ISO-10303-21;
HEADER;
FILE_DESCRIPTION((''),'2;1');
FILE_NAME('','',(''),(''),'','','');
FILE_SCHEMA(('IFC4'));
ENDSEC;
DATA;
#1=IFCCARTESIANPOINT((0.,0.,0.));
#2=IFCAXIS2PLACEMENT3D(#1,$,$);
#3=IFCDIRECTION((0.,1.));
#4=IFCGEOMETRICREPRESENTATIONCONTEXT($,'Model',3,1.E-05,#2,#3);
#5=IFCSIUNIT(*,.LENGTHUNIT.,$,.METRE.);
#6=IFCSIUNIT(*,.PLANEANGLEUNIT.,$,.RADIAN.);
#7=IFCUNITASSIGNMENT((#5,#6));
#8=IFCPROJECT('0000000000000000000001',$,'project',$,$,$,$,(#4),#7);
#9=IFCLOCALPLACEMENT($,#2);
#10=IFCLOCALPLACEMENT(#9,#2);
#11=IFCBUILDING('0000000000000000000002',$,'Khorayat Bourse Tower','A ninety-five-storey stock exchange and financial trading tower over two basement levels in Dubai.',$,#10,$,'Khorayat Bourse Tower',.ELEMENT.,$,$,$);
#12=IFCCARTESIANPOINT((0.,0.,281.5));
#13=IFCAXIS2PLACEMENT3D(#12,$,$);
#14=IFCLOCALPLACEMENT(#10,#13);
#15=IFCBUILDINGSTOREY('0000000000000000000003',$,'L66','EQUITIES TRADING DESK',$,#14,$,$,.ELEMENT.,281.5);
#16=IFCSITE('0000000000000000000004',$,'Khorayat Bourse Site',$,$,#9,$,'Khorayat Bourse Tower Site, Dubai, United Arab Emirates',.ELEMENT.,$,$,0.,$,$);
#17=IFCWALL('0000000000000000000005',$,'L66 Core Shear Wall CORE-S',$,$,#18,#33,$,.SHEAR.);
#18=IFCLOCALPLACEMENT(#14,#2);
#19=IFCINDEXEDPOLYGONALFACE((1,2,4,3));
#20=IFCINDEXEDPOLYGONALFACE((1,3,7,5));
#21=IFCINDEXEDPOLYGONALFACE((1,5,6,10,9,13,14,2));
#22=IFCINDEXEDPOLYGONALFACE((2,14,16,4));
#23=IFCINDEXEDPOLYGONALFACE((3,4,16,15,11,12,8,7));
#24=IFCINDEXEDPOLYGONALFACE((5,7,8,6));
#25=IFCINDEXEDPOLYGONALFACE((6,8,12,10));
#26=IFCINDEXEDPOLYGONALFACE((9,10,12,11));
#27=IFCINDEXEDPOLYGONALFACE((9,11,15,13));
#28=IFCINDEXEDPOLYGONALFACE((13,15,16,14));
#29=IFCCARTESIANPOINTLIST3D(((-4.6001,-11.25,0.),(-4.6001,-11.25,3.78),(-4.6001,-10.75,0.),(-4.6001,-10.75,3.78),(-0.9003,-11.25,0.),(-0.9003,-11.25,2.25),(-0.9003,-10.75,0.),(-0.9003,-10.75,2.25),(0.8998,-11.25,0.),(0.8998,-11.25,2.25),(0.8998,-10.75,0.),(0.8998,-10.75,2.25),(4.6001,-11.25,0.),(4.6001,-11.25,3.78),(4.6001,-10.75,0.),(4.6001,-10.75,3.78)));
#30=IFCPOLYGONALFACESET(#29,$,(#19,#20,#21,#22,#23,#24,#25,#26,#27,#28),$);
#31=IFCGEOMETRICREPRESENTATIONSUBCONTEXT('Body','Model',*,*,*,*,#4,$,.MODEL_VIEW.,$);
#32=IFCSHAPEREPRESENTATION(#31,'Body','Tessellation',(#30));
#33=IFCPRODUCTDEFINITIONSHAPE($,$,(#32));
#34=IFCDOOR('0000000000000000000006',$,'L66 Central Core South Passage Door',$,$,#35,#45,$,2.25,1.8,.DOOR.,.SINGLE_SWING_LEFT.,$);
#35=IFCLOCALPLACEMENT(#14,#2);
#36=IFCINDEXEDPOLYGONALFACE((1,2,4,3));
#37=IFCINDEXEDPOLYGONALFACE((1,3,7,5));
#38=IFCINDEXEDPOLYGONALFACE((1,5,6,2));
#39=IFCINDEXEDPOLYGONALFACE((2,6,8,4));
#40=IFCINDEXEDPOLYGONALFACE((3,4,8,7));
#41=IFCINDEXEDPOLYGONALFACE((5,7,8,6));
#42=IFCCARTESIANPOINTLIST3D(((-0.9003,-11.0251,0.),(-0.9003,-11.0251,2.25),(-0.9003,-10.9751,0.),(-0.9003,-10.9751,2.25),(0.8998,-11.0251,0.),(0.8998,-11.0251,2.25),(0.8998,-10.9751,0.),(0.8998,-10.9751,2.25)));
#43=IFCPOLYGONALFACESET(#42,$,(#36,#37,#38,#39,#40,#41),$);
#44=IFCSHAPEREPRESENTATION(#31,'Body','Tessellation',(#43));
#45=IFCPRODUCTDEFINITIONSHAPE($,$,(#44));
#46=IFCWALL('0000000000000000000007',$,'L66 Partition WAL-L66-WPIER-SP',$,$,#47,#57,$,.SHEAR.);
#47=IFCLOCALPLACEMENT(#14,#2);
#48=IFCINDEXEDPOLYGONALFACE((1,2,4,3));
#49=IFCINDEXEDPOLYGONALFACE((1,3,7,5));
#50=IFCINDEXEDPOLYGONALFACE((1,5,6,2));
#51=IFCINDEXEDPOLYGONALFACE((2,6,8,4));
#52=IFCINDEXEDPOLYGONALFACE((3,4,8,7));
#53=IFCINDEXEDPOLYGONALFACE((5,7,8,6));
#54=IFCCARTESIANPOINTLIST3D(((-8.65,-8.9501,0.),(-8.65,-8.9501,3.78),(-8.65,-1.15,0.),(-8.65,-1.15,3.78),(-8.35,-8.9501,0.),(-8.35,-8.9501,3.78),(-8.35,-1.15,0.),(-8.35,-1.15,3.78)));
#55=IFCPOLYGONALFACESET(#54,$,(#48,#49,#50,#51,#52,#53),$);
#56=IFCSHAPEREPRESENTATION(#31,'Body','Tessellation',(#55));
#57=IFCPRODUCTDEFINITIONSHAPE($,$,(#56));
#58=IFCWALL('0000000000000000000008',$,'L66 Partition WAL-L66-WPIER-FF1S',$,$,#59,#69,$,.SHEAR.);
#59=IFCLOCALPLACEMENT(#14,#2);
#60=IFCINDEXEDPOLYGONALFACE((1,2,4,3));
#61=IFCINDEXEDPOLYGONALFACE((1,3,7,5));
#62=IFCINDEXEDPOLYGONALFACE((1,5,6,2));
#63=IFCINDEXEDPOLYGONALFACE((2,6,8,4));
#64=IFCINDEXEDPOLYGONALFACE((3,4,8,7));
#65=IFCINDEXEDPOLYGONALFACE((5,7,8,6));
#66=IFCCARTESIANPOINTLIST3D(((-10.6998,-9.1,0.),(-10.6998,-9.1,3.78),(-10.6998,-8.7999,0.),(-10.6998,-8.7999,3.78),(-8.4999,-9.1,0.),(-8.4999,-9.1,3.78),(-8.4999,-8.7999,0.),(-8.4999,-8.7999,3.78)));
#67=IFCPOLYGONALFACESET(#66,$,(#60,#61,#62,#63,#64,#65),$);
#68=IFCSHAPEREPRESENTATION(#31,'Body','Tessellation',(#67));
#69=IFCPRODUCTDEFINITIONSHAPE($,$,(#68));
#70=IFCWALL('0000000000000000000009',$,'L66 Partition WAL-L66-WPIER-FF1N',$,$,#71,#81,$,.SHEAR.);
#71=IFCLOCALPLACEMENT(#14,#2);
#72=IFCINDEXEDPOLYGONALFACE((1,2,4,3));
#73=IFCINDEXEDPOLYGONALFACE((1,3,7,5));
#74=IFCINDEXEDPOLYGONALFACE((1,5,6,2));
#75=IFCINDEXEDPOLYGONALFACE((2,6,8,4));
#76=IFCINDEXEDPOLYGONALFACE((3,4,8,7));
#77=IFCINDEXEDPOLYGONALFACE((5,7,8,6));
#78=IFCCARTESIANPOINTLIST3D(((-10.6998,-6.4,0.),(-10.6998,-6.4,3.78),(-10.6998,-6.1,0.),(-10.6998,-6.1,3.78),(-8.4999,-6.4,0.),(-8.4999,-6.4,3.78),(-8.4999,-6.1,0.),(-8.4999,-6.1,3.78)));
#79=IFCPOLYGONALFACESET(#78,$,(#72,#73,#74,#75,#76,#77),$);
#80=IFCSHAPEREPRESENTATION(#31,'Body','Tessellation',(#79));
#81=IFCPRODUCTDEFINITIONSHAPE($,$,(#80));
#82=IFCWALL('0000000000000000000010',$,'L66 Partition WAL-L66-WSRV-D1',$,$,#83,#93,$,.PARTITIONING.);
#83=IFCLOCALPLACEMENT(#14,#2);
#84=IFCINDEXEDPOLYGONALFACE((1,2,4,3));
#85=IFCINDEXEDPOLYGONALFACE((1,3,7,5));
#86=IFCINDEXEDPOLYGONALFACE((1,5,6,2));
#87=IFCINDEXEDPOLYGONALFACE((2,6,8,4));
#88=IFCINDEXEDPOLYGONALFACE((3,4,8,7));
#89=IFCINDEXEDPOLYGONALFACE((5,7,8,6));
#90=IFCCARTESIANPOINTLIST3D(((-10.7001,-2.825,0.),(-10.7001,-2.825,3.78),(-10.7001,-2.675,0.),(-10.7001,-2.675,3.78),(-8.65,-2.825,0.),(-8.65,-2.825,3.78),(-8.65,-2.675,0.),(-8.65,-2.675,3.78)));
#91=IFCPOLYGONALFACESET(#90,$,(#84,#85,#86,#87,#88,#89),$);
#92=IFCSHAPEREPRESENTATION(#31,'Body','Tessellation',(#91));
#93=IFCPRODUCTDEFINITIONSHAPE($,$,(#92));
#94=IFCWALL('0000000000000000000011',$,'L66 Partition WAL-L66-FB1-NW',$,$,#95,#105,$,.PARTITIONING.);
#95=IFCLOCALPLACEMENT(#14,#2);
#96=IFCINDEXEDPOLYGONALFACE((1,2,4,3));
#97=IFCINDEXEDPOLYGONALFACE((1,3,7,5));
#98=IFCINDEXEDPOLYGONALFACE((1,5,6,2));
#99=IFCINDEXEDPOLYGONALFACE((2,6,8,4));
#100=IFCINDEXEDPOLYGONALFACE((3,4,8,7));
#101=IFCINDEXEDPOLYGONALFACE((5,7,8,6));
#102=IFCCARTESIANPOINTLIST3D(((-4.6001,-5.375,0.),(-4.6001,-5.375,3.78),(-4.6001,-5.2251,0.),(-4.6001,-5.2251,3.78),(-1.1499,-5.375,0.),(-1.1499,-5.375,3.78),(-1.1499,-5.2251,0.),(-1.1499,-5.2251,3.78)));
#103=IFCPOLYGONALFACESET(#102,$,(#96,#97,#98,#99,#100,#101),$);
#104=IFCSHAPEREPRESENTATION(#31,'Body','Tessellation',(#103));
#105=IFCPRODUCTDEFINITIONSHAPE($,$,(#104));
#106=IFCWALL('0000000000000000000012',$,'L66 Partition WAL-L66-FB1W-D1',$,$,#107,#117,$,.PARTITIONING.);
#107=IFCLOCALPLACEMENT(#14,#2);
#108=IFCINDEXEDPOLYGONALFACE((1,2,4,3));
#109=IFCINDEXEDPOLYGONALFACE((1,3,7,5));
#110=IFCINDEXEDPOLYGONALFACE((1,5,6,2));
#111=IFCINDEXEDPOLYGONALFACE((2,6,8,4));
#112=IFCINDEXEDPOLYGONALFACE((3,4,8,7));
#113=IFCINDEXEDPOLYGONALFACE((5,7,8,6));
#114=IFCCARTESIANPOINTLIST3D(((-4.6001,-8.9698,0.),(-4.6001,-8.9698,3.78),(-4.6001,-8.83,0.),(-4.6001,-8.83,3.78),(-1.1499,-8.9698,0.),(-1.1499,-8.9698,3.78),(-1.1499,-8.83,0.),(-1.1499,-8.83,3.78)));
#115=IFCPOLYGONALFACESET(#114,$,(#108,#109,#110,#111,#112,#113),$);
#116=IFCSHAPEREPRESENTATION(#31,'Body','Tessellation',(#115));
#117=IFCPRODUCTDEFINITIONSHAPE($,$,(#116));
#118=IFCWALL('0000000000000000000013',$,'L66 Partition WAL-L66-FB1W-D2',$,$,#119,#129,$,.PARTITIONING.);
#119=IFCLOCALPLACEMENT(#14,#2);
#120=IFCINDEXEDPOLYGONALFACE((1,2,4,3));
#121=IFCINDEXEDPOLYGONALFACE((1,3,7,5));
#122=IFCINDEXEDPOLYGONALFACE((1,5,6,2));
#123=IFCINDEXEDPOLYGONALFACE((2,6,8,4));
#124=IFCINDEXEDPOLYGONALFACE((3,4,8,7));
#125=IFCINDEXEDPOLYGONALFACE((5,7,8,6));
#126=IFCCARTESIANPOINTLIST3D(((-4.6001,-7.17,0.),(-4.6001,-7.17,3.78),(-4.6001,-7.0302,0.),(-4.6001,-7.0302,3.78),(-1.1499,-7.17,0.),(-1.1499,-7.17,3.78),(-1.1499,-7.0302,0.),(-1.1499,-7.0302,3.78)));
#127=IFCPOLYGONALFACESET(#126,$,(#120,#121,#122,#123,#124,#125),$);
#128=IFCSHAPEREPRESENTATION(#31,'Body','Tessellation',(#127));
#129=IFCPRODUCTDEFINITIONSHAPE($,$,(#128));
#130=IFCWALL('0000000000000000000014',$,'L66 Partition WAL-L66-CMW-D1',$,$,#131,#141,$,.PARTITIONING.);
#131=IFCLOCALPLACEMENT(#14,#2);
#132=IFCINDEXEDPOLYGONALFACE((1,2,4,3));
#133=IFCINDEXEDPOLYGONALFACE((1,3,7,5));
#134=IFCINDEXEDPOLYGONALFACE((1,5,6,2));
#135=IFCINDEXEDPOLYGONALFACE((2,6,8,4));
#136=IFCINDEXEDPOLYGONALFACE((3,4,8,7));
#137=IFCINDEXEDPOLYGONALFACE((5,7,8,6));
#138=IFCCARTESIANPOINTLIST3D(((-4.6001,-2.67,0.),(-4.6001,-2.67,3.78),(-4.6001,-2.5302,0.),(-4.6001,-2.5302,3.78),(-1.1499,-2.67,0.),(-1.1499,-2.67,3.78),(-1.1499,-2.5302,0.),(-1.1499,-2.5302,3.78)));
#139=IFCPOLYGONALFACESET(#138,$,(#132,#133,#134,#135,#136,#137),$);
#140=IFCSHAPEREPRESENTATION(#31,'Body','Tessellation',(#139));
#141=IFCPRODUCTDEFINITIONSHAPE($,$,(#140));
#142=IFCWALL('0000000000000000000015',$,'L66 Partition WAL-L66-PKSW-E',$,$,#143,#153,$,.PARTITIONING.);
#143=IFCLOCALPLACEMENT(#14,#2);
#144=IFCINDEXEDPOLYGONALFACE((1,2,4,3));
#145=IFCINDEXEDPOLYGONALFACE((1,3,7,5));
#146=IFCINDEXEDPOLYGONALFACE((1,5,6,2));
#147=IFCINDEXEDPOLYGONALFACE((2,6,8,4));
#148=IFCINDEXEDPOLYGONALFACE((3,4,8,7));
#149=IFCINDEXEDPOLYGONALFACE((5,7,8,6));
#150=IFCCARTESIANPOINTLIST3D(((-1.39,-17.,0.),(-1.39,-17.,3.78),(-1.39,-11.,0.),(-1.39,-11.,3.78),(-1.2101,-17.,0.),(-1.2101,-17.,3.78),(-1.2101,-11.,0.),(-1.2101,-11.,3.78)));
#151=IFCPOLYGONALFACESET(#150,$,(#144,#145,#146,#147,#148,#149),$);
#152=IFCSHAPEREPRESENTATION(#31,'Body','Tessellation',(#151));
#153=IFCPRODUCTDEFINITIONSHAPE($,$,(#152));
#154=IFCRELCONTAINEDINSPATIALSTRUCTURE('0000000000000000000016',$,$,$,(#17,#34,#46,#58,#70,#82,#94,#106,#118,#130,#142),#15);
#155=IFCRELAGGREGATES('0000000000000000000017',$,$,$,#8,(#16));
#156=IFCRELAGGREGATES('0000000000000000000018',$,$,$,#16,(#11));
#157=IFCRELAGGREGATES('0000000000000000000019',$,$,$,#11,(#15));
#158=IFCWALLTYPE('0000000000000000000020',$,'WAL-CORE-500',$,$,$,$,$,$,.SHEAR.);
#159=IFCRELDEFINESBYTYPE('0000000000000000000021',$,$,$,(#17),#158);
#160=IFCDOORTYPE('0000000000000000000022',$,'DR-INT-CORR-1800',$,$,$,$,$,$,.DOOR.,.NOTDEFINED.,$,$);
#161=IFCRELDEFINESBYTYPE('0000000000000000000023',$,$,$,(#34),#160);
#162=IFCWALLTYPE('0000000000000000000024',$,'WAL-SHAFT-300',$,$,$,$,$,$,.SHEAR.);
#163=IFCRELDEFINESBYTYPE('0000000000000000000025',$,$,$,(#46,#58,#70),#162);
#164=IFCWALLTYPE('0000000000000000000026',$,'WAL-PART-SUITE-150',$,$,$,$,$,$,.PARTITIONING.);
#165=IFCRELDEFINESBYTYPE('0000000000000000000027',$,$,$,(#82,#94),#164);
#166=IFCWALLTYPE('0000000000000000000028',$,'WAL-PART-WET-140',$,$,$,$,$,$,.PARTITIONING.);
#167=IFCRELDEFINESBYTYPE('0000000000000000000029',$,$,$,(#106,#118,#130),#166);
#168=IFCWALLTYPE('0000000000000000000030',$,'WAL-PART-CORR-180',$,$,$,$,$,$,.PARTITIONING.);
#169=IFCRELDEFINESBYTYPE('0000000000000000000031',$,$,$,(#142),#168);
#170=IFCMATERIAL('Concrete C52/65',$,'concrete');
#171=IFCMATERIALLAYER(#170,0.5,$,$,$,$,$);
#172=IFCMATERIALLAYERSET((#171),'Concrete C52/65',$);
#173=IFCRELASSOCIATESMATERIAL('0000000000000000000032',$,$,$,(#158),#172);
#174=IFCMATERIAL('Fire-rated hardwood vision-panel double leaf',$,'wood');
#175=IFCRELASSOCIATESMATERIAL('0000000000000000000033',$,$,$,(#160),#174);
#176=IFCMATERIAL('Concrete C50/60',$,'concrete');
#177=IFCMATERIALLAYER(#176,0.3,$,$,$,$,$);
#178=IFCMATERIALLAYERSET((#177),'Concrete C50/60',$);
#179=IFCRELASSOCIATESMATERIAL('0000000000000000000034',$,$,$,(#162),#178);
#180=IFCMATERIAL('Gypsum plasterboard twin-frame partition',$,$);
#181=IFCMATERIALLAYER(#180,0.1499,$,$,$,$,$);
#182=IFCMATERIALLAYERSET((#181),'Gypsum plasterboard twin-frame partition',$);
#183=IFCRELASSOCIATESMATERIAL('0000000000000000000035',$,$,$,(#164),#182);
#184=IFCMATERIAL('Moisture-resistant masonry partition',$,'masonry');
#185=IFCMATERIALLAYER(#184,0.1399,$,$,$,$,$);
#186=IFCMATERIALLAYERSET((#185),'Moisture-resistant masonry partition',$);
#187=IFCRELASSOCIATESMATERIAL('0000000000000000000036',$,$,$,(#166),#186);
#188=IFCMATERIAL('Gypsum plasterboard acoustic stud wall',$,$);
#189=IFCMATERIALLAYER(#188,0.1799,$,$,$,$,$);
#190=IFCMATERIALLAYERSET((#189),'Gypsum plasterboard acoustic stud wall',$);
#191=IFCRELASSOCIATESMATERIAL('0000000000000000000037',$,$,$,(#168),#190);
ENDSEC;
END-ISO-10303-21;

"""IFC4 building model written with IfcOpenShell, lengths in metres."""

from ifc_helpers import new_model, si_unit, direction, frame, frame_2d, origin, place, context, subcontext, project, spatial, rectangle, extrude, source, transform, mapped, material, layer, layer_set, type_object, element, fill, save


model = new_model("IFC4")

# Units and contexts
model_context = context("Model", 3, precision=1e-05, world=origin(), true_north=direction((0.0, 1.0)))
body_context = subcontext(model_context, "Body", "Model", "MODEL_VIEW")
ifc_project = project(units=[si_unit("LENGTHUNIT", "METRE"), si_unit("PLANEANGLEUNIT", "RADIAN")], contexts=[model_context])

# Site, building, storey
site_placement = place(None, origin())
site = spatial("IfcSite", under=ifc_project, at=site_placement, Name="Khorayat Bourse Site", LongName="Khorayat Bourse Tower Site, Dubai, United Arab Emirates", CompositionType="ELEMENT", RefElevation=0.0)
building_placement = place(site_placement, origin())
building = spatial("IfcBuilding", under=site, at=building_placement, Name="Khorayat Bourse Tower", Description="A ninety-five-storey stock exchange and financial trading tower over two basement levels in Dubai.", LongName="Khorayat Bourse Tower", CompositionType="ELEMENT")
storey_placement = place(building_placement, frame((0.0, 0.0, 281.5)))
storey = spatial("IfcBuildingStorey", under=building, at=storey_placement, Name="L66", Description="EQUITIES TRADING DESK", CompositionType="ELEMENT", Elevation=281.5)

# Shared definitions
ifc_material_1 = material(Name="Concrete C52/65", Category="concrete")

# Shared definitions
ifc_layer_1 = layer(ifc_material_1, 0.5)
ifc_layer_set_1 = layer_set([ifc_layer_1], Name="Concrete C52/65")
wall_type_1 = type_object("IfcWallType", Name="WAL-CORE-500", PredefinedType="SHEAR", material=ifc_layer_set_1)

# Wall, opening, door
shared_shape_1 = source(origin(), body_context, "Body", "SweptSolid", [
    extrude(rectangle(XDim=9.2002, YDim=0.5, at=frame_2d((4.6001, 0.0))), origin(), (0.0, 0.0, 1.0), 3.78),
])
wall_1_placement = place(storey_placement, frame((-4.6001, -11.0, 0.0), z_axis=(0.0, 0.0, 1.0), x_axis=(1.0, 0.0, 0.0)))
wall_1 = element("IfcWall", 1, at=wall_1_placement, inside=storey, type_object=wall_type_1, Name="L66 Core Shear Wall CORE-S", PredefinedType="SHEAR", context=body_context, shape_type="MappedRepresentation", body=[
    mapped(shared_shape_1, transform((0.0, 0.0, 0.0), scale=1.0)),
])
shared_shape_2 = source(origin(), body_context, "Body", "SweptSolid", [
    extrude(rectangle(XDim=1.8, YDim=2.25, at=frame_2d((0.8999, 1.125))), frame((0.0, 0.26, 0.0), z_axis=(0.0, -1.0, 0.0), x_axis=(1.0, 0.0, 0.0)), (0.0, 0.0, 1.0), 0.52),
])
opening_placement = place(wall_1_placement, frame((3.7, 0.0, 0.0)))
opening = element("IfcOpeningElement", 2, at=opening_placement, cuts=wall_1, PredefinedType="OPENING", context=body_context, shape_type="MappedRepresentation", body=[
    mapped(shared_shape_2, transform((0.0, 0.0, 0.0), scale=1.0)),
])
ifc_material_2 = material(Name="Fire-rated hardwood vision-panel double leaf", Category="wood")
door_type = type_object("IfcDoorType", Name="DR-INT-CORR-1800", OperationType="NOTDEFINED", PredefinedType="DOOR", material=ifc_material_2)
shared_shape_3 = source(origin(), body_context, "Body", "SweptSolid", [
    extrude(rectangle(XDim=1.8, YDim=2.25, at=frame_2d((0.8999, 1.125))), frame((0.0, 0.0249, 0.0), z_axis=(0.0, -1.0, 0.0), x_axis=(1.0, 0.0, 0.0)), (0.0, 0.0, 1.0), 0.05),
])
door_placement = place(opening_placement, origin())
door = element("IfcDoor", 3, at=door_placement, inside=storey, type_object=door_type, Name="L66 Central Core South Passage Door", OperationType="SINGLE_SWING_LEFT", OverallHeight=2.25, OverallWidth=1.8, PredefinedType="DOOR", context=body_context, shape_type="MappedRepresentation", body=[
    mapped(shared_shape_3, transform((0.0, 0.0, 0.0), scale=1.0)),
])
fill(opening, door)

# Walls
ifc_material_3 = material(Name="Concrete C50/60", Category="concrete")
ifc_layer_2 = layer(ifc_material_3, 0.3)
ifc_layer_set_2 = layer_set([ifc_layer_2], Name="Concrete C50/60")
wall_type_2 = type_object("IfcWallType", Name="WAL-SHAFT-300", PredefinedType="SHEAR", material=ifc_layer_set_2)
shared_shape_4 = source(origin(), body_context, "Body", "SweptSolid", [
    extrude(rectangle(XDim=7.8, YDim=0.3, at=frame_2d((3.8999, 0.0))), origin(), (0.0, 0.0, 1.0), 3.78),
])
wall_2_placement = place(storey_placement, frame((-8.5, -8.95, 0.0), z_axis=(0.0, 0.0, 1.0), x_axis=(0.0, 1.0, 0.0)))
element("IfcWall", 4, at=wall_2_placement, inside=storey, type_object=wall_type_2, Name="L66 Partition WAL-L66-WPIER-SP", PredefinedType="SHEAR", context=body_context, shape_type="MappedRepresentation", body=[
    mapped(shared_shape_4, transform((0.0, 0.0, 0.0), scale=1.0)),
])
shared_shape_5 = source(origin(), body_context, "Body", "SweptSolid", [
    extrude(rectangle(XDim=2.2, YDim=0.3, at=frame_2d((1.1001, 0.0))), origin(), (0.0, 0.0, 1.0), 3.78),
])
for number, where, z_axis, x_axis, name in (
    (5, (-10.7, -8.95, 0.0), (0.0, 0.0, 1.0), (1.0, 0.0, 0.0), "L66 Partition WAL-L66-WPIER-FF1S"),
    (6, (-10.7, -6.25, 0.0), (0.0, 0.0, 1.0), (1.0, 0.0, 0.0), "L66 Partition WAL-L66-WPIER-FF1N"),
):
    element("IfcWall", number, at=place(storey_placement, frame(where, z_axis=z_axis, x_axis=x_axis)), inside=storey, type_object=wall_type_2, Name=name, PredefinedType="SHEAR", context=body_context, shape_type="MappedRepresentation", body=[
        mapped(shared_shape_5, transform((0.0, 0.0, 0.0), scale=1.0)),
    ])
ifc_material_4 = material(Name="Gypsum plasterboard twin-frame partition")
ifc_layer_3 = layer(ifc_material_4, 0.1499)
ifc_layer_set_3 = layer_set([ifc_layer_3], Name="Gypsum plasterboard twin-frame partition")
wall_type_3 = type_object("IfcWallType", Name="WAL-PART-SUITE-150", PredefinedType="PARTITIONING", material=ifc_layer_set_3)
shared_shape_6 = source(origin(), body_context, "Body", "SweptSolid", [
    extrude(rectangle(XDim=2.05, YDim=0.1499, at=frame_2d((1.0249, 0.0))), origin(), (0.0, 0.0, 1.0), 3.78),
])
wall_3_placement = place(storey_placement, frame((-10.7, -2.75, 0.0), z_axis=(0.0, 0.0, 1.0), x_axis=(1.0, 0.0, 0.0)))
element("IfcWall", 7, at=wall_3_placement, inside=storey, type_object=wall_type_3, Name="L66 Partition WAL-L66-WSRV-D1", PredefinedType="PARTITIONING", context=body_context, shape_type="MappedRepresentation", body=[
    mapped(shared_shape_6, transform((0.0, 0.0, 0.0), scale=1.0)),
])
shared_shape_7 = source(origin(), body_context, "Body", "SweptSolid", [
    extrude(rectangle(XDim=3.4502, YDim=0.1499, at=frame_2d((1.7251, 0.0))), origin(), (0.0, 0.0, 1.0), 3.78),
])
wall_4_placement = place(storey_placement, frame((-4.6001, -5.3, 0.0), z_axis=(0.0, 0.0, 1.0), x_axis=(1.0, 0.0, 0.0)))
element("IfcWall", 8, at=wall_4_placement, inside=storey, type_object=wall_type_3, Name="L66 Partition WAL-L66-FB1-NW", PredefinedType="PARTITIONING", context=body_context, shape_type="MappedRepresentation", body=[
    mapped(shared_shape_7, transform((0.0, 0.0, 0.0), scale=1.0)),
])
ifc_material_5 = material(Name="Moisture-resistant masonry partition", Category="masonry")
ifc_layer_4 = layer(ifc_material_5, 0.1399)
ifc_layer_set_4 = layer_set([ifc_layer_4], Name="Moisture-resistant masonry partition")
wall_type_4 = type_object("IfcWallType", Name="WAL-PART-WET-140", PredefinedType="PARTITIONING", material=ifc_layer_set_4)
shared_shape_8 = source(origin(), body_context, "Body", "SweptSolid", [
    extrude(rectangle(XDim=3.4502, YDim=0.1399, at=frame_2d((1.7251, 0.0))), origin(), (0.0, 0.0, 1.0), 3.78),
])
for number, where, z_axis, x_axis, name in (
    (9, (-4.6001, -8.8999, 0.0), (0.0, 0.0, 1.0), (1.0, 0.0, 0.0), "L66 Partition WAL-L66-FB1W-D1"),
    (10, (-4.6001, -7.1001, 0.0), (0.0, 0.0, 1.0), (1.0, 0.0, 0.0), "L66 Partition WAL-L66-FB1W-D2"),
    (11, (-4.6001, -2.6001, 0.0), (0.0, 0.0, 1.0), (1.0, 0.0, 0.0), "L66 Partition WAL-L66-CMW-D1"),
):
    element("IfcWall", number, at=place(storey_placement, frame(where, z_axis=z_axis, x_axis=x_axis)), inside=storey, type_object=wall_type_4, Name=name, PredefinedType="PARTITIONING", context=body_context, shape_type="MappedRepresentation", body=[
        mapped(shared_shape_8, transform((0.0, 0.0, 0.0), scale=1.0)),
    ])
ifc_material_6 = material(Name="Gypsum plasterboard acoustic stud wall")
ifc_layer_5 = layer(ifc_material_6, 0.1799)
ifc_layer_set_5 = layer_set([ifc_layer_5], Name="Gypsum plasterboard acoustic stud wall")
wall_type_5 = type_object("IfcWallType", Name="WAL-PART-CORR-180", PredefinedType="PARTITIONING", material=ifc_layer_set_5)
shared_shape_9 = source(origin(), body_context, "Body", "SweptSolid", [
    extrude(rectangle(XDim=6.0, YDim=0.1799, at=frame_2d((3.0, 0.0))), origin(), (0.0, 0.0, 1.0), 3.78),
])
wall_5_placement = place(storey_placement, frame((-1.3, -17.0, 0.0), z_axis=(0.0, 0.0, 1.0), x_axis=(0.0, 1.0, 0.0)))
element("IfcWall", 12, at=wall_5_placement, inside=storey, type_object=wall_type_5, Name="L66 Partition WAL-L66-PKSW-E", PredefinedType="PARTITIONING", context=body_context, shape_type="MappedRepresentation", body=[
    mapped(shared_shape_9, transform((0.0, 0.0, 0.0), scale=1.0)),
])

save(model, "model.ifc")
